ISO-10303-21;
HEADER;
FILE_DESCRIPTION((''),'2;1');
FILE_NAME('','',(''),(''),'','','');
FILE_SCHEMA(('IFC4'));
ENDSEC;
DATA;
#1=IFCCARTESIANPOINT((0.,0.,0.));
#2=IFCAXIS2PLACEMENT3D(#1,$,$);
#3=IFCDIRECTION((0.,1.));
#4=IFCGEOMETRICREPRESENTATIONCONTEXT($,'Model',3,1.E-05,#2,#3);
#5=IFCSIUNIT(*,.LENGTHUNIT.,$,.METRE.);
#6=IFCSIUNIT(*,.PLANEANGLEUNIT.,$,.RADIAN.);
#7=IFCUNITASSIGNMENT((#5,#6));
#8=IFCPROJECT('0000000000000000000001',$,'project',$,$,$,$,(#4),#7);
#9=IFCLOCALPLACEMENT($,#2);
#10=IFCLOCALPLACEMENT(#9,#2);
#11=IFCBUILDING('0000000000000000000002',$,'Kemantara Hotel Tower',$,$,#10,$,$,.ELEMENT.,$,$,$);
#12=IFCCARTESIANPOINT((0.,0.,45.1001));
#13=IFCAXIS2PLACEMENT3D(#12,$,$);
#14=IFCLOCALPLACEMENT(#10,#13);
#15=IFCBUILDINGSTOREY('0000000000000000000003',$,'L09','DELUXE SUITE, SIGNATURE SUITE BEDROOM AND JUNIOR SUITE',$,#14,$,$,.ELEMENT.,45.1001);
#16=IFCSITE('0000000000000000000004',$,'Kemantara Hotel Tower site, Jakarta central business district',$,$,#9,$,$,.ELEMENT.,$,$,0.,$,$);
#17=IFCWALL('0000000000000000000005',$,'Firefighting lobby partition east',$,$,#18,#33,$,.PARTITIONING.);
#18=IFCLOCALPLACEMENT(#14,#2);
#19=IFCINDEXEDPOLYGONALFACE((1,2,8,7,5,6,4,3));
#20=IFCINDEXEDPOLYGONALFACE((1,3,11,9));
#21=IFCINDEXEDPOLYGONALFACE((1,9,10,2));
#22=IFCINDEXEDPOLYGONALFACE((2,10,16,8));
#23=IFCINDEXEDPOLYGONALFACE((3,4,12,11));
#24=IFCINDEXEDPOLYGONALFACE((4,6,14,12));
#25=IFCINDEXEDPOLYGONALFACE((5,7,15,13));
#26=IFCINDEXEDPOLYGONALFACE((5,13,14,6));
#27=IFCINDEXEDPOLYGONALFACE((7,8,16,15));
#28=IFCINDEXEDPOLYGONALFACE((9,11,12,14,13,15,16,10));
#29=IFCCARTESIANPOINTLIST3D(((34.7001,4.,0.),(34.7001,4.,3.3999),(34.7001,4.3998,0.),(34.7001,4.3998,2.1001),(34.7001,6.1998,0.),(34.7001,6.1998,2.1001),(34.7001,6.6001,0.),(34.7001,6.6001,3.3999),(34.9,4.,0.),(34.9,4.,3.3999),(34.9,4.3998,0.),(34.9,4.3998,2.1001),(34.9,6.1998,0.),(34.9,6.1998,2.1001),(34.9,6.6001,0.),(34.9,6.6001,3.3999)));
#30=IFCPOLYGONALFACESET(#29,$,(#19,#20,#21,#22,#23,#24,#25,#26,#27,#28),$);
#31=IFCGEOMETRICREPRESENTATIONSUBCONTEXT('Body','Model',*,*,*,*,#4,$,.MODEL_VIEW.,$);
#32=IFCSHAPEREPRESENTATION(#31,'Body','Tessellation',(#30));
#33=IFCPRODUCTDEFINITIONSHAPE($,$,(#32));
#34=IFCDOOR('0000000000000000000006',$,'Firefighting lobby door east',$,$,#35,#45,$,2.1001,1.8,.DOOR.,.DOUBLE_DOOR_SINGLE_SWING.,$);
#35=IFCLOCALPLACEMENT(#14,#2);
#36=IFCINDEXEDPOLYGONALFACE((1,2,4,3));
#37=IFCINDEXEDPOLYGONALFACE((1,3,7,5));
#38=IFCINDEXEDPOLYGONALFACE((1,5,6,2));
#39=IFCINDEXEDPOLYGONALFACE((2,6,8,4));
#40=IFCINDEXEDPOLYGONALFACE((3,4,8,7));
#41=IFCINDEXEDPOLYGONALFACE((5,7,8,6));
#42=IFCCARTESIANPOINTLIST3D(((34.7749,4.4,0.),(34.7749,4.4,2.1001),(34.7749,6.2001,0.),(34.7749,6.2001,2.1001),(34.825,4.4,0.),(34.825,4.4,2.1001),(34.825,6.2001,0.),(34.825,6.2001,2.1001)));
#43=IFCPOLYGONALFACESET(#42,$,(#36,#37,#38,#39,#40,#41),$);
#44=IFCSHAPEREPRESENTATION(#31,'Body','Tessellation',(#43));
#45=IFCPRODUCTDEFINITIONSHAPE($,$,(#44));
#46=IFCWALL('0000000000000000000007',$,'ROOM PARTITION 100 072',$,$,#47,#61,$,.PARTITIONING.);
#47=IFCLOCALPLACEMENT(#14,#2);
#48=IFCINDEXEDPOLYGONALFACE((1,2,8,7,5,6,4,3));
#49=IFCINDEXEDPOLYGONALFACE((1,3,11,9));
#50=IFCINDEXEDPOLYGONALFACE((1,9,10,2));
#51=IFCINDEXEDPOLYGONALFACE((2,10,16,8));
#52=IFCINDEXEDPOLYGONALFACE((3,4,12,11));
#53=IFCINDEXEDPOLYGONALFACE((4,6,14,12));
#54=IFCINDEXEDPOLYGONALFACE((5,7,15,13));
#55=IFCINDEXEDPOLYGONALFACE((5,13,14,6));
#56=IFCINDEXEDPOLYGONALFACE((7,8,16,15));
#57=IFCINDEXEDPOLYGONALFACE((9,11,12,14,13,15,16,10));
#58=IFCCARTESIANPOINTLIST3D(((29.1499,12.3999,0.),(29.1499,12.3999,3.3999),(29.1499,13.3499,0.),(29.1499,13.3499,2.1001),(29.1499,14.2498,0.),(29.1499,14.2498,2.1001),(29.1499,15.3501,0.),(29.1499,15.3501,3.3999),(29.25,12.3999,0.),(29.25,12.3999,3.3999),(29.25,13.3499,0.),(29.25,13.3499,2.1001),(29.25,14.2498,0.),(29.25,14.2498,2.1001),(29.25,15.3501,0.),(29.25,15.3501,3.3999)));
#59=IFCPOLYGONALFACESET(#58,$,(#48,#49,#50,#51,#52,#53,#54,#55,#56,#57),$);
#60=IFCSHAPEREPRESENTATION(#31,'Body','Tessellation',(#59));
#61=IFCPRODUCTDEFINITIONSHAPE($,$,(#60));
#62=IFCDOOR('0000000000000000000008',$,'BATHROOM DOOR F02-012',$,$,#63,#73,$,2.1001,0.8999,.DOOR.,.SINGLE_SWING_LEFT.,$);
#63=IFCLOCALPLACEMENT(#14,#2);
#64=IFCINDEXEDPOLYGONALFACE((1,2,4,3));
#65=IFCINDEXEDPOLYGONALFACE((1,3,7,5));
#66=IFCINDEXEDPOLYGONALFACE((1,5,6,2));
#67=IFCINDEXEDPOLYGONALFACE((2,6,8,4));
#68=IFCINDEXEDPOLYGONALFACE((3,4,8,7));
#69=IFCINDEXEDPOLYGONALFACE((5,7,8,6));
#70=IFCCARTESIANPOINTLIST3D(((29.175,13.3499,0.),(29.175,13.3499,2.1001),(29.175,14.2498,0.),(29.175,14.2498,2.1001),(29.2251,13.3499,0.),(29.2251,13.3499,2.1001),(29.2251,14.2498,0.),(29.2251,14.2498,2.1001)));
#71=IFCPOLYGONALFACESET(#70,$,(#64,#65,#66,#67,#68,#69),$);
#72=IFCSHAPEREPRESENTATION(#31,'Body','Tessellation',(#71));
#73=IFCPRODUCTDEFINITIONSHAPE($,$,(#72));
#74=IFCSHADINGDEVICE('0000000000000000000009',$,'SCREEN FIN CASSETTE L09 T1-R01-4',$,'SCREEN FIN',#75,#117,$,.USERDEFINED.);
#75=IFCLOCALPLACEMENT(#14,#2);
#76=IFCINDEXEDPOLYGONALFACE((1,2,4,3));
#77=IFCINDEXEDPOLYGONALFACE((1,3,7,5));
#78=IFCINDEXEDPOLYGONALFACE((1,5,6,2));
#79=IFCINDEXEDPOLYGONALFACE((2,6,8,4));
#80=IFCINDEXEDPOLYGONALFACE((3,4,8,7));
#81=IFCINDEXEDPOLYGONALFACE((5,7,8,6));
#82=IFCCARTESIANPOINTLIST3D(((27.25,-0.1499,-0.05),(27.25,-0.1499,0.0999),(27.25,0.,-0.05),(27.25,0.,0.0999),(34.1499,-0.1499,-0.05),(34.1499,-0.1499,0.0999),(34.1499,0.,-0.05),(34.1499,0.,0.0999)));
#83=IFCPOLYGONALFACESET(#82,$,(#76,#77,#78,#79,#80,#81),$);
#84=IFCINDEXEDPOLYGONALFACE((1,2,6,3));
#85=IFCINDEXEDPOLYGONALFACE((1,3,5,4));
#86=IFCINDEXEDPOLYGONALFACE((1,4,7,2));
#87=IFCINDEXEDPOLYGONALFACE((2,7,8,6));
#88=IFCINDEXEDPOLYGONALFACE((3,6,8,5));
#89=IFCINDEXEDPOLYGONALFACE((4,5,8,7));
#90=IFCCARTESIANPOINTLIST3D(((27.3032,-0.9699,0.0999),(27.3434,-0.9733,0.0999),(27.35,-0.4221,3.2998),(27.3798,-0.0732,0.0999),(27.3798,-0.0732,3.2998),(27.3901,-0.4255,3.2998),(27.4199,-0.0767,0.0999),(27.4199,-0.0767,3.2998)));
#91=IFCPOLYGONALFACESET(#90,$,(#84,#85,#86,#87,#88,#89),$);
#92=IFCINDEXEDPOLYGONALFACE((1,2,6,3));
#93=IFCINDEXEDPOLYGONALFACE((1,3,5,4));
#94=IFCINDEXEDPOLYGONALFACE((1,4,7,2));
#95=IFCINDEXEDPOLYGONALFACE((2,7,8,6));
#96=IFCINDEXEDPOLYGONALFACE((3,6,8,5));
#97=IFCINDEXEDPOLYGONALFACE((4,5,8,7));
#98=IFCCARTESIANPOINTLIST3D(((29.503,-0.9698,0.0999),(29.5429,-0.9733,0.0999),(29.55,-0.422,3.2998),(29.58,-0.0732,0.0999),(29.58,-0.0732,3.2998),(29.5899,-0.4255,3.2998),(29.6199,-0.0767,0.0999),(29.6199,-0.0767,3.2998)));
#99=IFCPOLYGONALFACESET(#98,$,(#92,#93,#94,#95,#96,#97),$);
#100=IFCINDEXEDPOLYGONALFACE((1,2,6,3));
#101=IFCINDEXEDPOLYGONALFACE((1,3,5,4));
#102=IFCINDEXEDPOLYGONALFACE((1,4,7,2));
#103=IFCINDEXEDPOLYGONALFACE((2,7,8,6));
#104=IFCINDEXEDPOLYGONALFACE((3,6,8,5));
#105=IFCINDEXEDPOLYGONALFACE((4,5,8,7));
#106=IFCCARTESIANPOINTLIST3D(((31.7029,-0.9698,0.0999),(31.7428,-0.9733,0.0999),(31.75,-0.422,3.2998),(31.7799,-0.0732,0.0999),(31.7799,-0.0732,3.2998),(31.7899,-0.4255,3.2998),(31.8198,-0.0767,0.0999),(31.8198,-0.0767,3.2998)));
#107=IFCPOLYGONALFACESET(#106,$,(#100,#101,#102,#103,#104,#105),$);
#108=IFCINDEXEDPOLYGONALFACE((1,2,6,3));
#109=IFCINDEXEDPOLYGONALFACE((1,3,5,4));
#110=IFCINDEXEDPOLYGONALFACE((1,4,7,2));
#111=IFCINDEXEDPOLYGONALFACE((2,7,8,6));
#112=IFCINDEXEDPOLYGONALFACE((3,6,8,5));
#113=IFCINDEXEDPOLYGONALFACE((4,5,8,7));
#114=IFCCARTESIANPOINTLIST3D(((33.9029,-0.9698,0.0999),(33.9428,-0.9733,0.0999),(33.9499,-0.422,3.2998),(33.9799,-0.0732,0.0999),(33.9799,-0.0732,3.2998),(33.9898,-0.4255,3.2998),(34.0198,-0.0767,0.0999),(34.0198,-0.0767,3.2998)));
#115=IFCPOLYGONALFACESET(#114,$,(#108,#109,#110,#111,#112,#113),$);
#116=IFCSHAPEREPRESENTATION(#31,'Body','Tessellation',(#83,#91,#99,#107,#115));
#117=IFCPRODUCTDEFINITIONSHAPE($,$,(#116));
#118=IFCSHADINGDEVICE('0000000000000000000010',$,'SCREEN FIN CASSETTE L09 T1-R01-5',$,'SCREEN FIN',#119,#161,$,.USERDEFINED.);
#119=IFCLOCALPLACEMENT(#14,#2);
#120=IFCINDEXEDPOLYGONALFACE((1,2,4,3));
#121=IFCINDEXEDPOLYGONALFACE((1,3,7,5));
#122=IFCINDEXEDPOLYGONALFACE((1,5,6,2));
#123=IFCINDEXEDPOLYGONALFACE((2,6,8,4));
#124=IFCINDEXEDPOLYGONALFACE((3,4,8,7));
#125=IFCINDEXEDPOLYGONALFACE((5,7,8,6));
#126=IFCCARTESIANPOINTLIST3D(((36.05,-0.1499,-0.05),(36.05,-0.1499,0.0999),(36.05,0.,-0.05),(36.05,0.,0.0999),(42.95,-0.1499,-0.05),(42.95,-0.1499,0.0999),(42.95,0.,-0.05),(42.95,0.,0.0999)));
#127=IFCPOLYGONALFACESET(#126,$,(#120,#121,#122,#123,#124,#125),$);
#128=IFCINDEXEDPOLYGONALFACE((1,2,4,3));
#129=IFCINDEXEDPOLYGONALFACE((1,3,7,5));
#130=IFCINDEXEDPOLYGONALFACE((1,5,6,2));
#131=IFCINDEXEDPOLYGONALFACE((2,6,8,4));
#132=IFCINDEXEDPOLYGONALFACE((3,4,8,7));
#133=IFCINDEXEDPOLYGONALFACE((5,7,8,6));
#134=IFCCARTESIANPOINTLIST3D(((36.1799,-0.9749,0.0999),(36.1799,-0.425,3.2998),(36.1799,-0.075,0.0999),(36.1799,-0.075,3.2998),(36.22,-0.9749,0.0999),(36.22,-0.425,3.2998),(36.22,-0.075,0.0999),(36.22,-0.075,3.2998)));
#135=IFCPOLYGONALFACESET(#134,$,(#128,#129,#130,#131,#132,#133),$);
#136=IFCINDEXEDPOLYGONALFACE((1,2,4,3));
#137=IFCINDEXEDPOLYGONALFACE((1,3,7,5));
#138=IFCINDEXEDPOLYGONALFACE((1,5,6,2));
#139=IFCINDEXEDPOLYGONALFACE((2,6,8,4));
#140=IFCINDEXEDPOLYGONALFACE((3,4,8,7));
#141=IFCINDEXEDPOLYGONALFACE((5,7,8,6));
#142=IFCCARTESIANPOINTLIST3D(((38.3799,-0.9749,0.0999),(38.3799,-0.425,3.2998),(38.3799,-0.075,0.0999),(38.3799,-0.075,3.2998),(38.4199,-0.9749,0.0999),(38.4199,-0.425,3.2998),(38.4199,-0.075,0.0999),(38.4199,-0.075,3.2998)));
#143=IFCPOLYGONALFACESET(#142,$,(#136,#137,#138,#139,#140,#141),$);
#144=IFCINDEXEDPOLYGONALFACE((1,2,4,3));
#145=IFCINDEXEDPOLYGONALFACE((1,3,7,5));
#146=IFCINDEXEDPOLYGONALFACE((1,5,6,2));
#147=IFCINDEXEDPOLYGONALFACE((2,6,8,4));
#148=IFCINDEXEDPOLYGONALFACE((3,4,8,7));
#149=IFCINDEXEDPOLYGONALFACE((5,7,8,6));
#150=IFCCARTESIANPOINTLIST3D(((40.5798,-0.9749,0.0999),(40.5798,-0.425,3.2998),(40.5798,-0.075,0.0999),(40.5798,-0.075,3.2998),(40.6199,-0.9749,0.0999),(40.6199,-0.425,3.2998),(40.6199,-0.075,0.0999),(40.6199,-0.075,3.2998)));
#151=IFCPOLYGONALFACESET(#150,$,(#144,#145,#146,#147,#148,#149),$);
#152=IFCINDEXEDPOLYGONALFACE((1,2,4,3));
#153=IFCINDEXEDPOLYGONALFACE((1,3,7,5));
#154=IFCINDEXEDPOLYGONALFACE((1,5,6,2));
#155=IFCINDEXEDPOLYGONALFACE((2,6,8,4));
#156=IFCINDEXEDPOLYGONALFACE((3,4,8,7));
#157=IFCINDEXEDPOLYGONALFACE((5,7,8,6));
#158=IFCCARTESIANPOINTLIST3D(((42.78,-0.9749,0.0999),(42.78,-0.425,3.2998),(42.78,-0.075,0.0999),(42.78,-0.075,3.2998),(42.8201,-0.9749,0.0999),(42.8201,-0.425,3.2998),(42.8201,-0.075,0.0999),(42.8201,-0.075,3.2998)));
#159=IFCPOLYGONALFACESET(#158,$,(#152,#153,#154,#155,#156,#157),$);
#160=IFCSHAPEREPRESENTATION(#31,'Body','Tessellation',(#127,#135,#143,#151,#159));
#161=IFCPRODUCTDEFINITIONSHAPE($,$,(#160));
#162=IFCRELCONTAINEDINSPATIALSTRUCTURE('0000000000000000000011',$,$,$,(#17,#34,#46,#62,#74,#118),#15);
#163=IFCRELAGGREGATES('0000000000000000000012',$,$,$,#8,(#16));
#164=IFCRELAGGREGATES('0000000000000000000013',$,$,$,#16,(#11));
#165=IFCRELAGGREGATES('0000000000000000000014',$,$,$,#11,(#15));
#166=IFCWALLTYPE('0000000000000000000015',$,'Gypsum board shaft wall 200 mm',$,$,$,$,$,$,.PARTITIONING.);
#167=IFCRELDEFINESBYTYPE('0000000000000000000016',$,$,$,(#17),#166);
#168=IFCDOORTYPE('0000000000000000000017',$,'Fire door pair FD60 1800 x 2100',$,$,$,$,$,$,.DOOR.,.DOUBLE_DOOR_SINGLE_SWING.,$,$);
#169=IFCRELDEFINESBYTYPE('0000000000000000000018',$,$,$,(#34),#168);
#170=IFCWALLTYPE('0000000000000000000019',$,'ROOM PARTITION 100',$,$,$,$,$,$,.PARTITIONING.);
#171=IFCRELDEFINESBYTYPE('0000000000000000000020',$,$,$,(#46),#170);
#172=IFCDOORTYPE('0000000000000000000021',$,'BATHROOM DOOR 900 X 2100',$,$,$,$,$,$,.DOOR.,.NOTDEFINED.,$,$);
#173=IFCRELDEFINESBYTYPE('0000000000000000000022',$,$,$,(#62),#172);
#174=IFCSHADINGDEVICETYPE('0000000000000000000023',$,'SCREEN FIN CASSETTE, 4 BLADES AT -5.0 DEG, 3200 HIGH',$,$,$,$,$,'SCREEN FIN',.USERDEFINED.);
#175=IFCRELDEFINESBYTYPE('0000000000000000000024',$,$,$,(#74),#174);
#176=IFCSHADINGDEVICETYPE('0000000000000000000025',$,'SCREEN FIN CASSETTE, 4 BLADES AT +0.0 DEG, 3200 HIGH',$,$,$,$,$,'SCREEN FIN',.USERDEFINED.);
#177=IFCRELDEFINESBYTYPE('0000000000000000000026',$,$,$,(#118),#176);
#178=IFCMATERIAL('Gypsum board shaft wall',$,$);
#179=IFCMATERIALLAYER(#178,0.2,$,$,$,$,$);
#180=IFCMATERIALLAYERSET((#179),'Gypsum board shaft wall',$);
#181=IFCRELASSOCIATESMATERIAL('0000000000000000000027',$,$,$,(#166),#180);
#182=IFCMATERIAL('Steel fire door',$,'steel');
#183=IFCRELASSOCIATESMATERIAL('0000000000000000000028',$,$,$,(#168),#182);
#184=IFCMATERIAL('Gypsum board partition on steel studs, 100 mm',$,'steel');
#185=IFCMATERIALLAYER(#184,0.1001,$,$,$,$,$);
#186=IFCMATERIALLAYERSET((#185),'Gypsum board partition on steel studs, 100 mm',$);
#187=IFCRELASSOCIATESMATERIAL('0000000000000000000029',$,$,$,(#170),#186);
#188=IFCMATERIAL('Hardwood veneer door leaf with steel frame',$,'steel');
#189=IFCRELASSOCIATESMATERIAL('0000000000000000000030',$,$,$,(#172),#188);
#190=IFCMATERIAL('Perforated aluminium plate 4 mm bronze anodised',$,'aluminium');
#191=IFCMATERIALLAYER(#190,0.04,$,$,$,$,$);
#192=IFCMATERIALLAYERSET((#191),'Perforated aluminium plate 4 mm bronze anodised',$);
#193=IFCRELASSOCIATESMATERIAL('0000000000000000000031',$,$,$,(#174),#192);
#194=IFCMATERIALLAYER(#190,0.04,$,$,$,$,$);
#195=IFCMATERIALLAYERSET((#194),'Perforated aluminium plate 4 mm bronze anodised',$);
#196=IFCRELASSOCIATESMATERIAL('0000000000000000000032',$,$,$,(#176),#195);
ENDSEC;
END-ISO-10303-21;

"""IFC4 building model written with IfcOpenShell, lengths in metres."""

from ifc_helpers import new_model, si_unit, direction, frame, frame_2d, origin, origin_2d, place, context, subcontext, project, spatial, polyline, rectangle, outline, extrude, source, transform, mapped, material, layer, layer_set, type_object, element, fill, save


model = new_model("IFC4")

# Units and contexts
model_context = context("Model", 3, precision=1e-05, world=origin(), true_north=direction((0.0, 1.0)))
body_context = subcontext(model_context, "Body", "Model", "MODEL_VIEW")
ifc_project = project(units=[si_unit("LENGTHUNIT", "METRE"), si_unit("PLANEANGLEUNIT", "RADIAN")], contexts=[model_context])

# Site, building, storey
site_placement = place(None, origin())
site = spatial("IfcSite", under=ifc_project, at=site_placement, Name="Kemantara Hotel Tower site, Jakarta central business district", CompositionType="ELEMENT", RefElevation=0.0)
building_placement = place(site_placement, origin())
building = spatial("IfcBuilding", under=site, at=building_placement, Name="Kemantara Hotel Tower", CompositionType="ELEMENT")
storey_placement = place(building_placement, frame((0.0, 0.0, 45.1001)))
storey = spatial("IfcBuildingStorey", under=building, at=storey_placement, Name="L09", Description="DELUXE SUITE, SIGNATURE SUITE BEDROOM AND JUNIOR SUITE", CompositionType="ELEMENT", Elevation=45.1001)

# Shared definitions
ifc_material_1 = material(Name="Steel fire door", Category="steel")

# Shared definitions
ifc_material_2 = material(Name="Hardwood veneer door leaf with steel frame", Category="steel")

# Walls, openings, doors
ifc_material_3 = material(Name="Gypsum board shaft wall")
ifc_layer_1 = layer(ifc_material_3, 0.2)
ifc_layer_set_1 = layer_set([ifc_layer_1], Name="Gypsum board shaft wall")
wall_type_1 = type_object("IfcWallType", Name="Gypsum board shaft wall 200 mm", PredefinedType="PARTITIONING", material=ifc_layer_set_1)
wall_1_placement = place(storey_placement, frame((34.8, 4.0, 0.0), z_axis=(0.0, 0.0, 1.0), x_axis=(0.0, 1.0, 0.0)))
wall_1 = element("IfcWall", 1, at=wall_1_placement, inside=storey, type_object=wall_type_1, Name="Firefighting lobby partition east", PredefinedType="PARTITIONING", context=body_context, shape_type="SweptSolid", body=[
    extrude(rectangle(XDim=2.6001, YDim=0.2, at=frame_2d((1.3, 0.0))), origin(), (0.0, 0.0, 1.0), 3.3999),
])
opening_1_placement = place(wall_1_placement, frame((0.3999, 0.0, 0.0)))
opening_1 = element("IfcOpeningElement", 2, at=opening_1_placement, cuts=wall_1, PredefinedType="OPENING", context=body_context, shape_type="SweptSolid", body=[
    extrude(rectangle(XDim=1.8, YDim=2.1001, at=frame_2d((0.8999, 1.05))), frame((0.0, 0.1099, 0.0), z_axis=(0.0, -1.0, 0.0), x_axis=(1.0, 0.0, 0.0)), (0.0, 0.0, 1.0), 0.22),
])
door_type_1 = type_object("IfcDoorType", Name="Fire door pair FD60 1800 x 2100", OperationType="DOUBLE_DOOR_SINGLE_SWING", PredefinedType="DOOR", material=ifc_material_1)
door_1_placement = place(opening_1_placement, frame((1.8, 0.0, 0.0), z_axis=(0.0, 0.0, 1.0), x_axis=(-1.0, 0.0, 0.0)))
door_1 = element("IfcDoor", 3, at=door_1_placement, inside=storey, type_object=door_type_1, Name="Firefighting lobby door east", OperationType="DOUBLE_DOOR_SINGLE_SWING", OverallHeight=2.1001, OverallWidth=1.8, PredefinedType="DOOR", context=body_context, shape_type="SweptSolid", body=[
    extrude(rectangle(XDim=1.8, YDim=2.1001, at=frame_2d((0.8999, 1.05))), frame((0.0, 0.0249, 0.0), z_axis=(0.0, -1.0, 0.0), x_axis=(1.0, 0.0, 0.0)), (0.0, 0.0, 1.0), 0.05),
])
fill(opening_1, door_1)
ifc_material_4 = material(Name="Gypsum board partition on steel studs, 100 mm", Category="steel")
ifc_layer_2 = layer(ifc_material_4, 0.1001)
ifc_layer_set_2 = layer_set([ifc_layer_2], Name="Gypsum board partition on steel studs, 100 mm")
wall_type_2 = type_object("IfcWallType", Name="ROOM PARTITION 100", PredefinedType="PARTITIONING", material=ifc_layer_set_2)
wall_2_placement = place(storey_placement, frame((29.2, 12.3999, 0.0), z_axis=(0.0, 0.0, 1.0), x_axis=(0.0, 1.0, 0.0)))
wall_2 = element("IfcWall", 4, at=wall_2_placement, inside=storey, type_object=wall_type_2, Name="ROOM PARTITION 100 072", PredefinedType="PARTITIONING", context=body_context, shape_type="SweptSolid", body=[
    extrude(rectangle(XDim=2.9502, YDim=0.1001, at=frame_2d((1.4751, 0.0))), origin(), (0.0, 0.0, 1.0), 3.3999),
])
opening_2_placement = place(wall_2_placement, frame((0.95, 0.0, 0.0)))
opening_2 = element("IfcOpeningElement", 5, at=opening_2_placement, cuts=wall_2, PredefinedType="OPENING", context=body_context, shape_type="SweptSolid", body=[
    extrude(rectangle(XDim=0.8999, YDim=2.1001, at=frame_2d((0.45, 1.05))), frame((0.0, 0.0601, 0.0), z_axis=(0.0, -1.0, 0.0), x_axis=(1.0, 0.0, 0.0)), (0.0, 0.0, 1.0), 0.1201),
])
door_type_2 = type_object("IfcDoorType", Name="BATHROOM DOOR 900 X 2100", OperationType="NOTDEFINED", PredefinedType="DOOR", material=ifc_material_2)
door_2_placement = place(opening_2_placement, origin())
door_2 = element("IfcDoor", 6, at=door_2_placement, inside=storey, type_object=door_type_2, Name="BATHROOM DOOR F02-012", OperationType="SINGLE_SWING_LEFT", OverallHeight=2.1001, OverallWidth=0.8999, PredefinedType="DOOR", context=body_context, shape_type="SweptSolid", body=[
    extrude(rectangle(XDim=0.8999, YDim=2.1001, at=frame_2d((0.45, 1.05))), frame((0.0, 0.0249, 0.0), z_axis=(0.0, -1.0, 0.0), x_axis=(1.0, 0.0, 0.0)), (0.0, 0.0, 1.0), 0.05),
])
fill(opening_2, door_2)

# Shading devices
ifc_material_5 = material(Name="Perforated aluminium plate 4 mm bronze anodised", Category="aluminium")
ifc_layer_3 = layer(ifc_material_5, 0.04)
ifc_layer_set_3 = layer_set([ifc_layer_3], Name="Perforated aluminium plate 4 mm bronze anodised")
shading_device_type_1 = type_object("IfcShadingDeviceType", Name="SCREEN FIN CASSETTE, 4 BLADES AT -5.0 DEG, 3200 HIGH", ElementType="SCREEN FIN", PredefinedType="USERDEFINED", material=ifc_layer_set_3)
shared_shape_1 = source(origin(), body_context, "Body", "SweptSolid", [
    extrude(rectangle(XDim=6.8999, YDim=0.1499, at=origin_2d()), frame((3.3, -0.075, -0.1499), z_axis=(0.0, 0.0, 1.0), x_axis=(1.0, 0.0, 0.0)), (0.0, 0.0, 1.0), 0.1499),
    extrude(outline(polyline([(0.0, 0.0), (0.8999, 0.0), (0.3501, 3.2), (0.0, 3.2), (0.0, 0.0)])), frame((0.02, -0.0767, 0.0), z_axis=(-0.996376, 0.085056, 0.0), x_axis=(-0.085056, -0.996376, 0.0)), (0.0, 0.0, 1.0), 0.0403),
    extrude(outline(polyline([(0.0, 0.0), (0.8999, 0.0), (0.3501, 3.2), (0.0, 3.2), (0.0, 0.0)])), frame((2.22, -0.0767, 0.0), z_axis=(-0.996332, 0.085575, 0.0), x_axis=(-0.085575, -0.996332, 0.0)), (0.0, 0.0, 1.0), 0.04),
    extrude(outline(polyline([(0.0, 0.0), (0.8999, 0.0), (0.3501, 3.2), (0.0, 3.2), (0.0, 0.0)])), frame((4.4199, -0.0767, 0.0), z_axis=(-0.996332, 0.085575, 0.0), x_axis=(-0.085575, -0.996332, 0.0)), (0.0, 0.0, 1.0), 0.04),
    extrude(outline(polyline([(0.0, 0.0), (0.8999, 0.0), (0.3501, 3.2), (0.0, 3.2), (0.0, 0.0)])), frame((6.6199, -0.0767, 0.0), z_axis=(-0.996332, 0.085575, 0.0), x_axis=(-0.085575, -0.996332, 0.0)), (0.0, 0.0, 1.0), 0.04),
])
shading_device_1_placement = place(storey_placement, frame((27.3999, 0.0, 0.0999), z_axis=(0.0, 0.0, 1.0), x_axis=(1.0, 0.0, 0.0)))
element("IfcShadingDevice", 7, at=shading_device_1_placement, inside=storey, type_object=shading_device_type_1, Name="SCREEN FIN CASSETTE L09 T1-R01-4", ObjectType="SCREEN FIN", PredefinedType="USERDEFINED", context=body_context, shape_type="MappedRepresentation", body=[
    mapped(shared_shape_1, transform((0.0, 0.0, 0.0))),
])
ifc_layer_4 = layer(ifc_material_5, 0.04)
ifc_layer_set_4 = layer_set([ifc_layer_4], Name="Perforated aluminium plate 4 mm bronze anodised")
shading_device_type_2 = type_object("IfcShadingDeviceType", Name="SCREEN FIN CASSETTE, 4 BLADES AT +0.0 DEG, 3200 HIGH", ElementType="SCREEN FIN", PredefinedType="USERDEFINED", material=ifc_layer_set_4)
shared_shape_2 = source(origin(), body_context, "Body", "SweptSolid", [
    extrude(rectangle(XDim=6.8999, YDim=0.1499, at=origin_2d()), frame((3.3, -0.075, -0.1499), z_axis=(0.0, 0.0, 1.0), x_axis=(1.0, 0.0, 0.0)), (0.0, 0.0, 1.0), 0.1499),
    extrude(outline(polyline([(0.0, 0.0), (0.8999, 0.0), (0.3501, 3.2), (0.0, 3.2), (0.0, 0.0)])), frame((0.02, -0.075, 0.0), z_axis=(-1.0, 0.0, 0.0), x_axis=(0.0, -1.0, 0.0)), (0.0, 0.0, 1.0), 0.04),
    extrude(outline(polyline([(0.0, 0.0), (0.8999, 0.0), (0.3501, 3.2), (0.0, 3.2), (0.0, 0.0)])), frame((2.22, -0.075, 0.0), z_axis=(-1.0, 0.0, 0.0), x_axis=(0.0, -1.0, 0.0)), (0.0, 0.0, 1.0), 0.04),
    extrude(outline(polyline([(0.0, 0.0), (0.8999, 0.0), (0.3501, 3.2), (0.0, 3.2), (0.0, 0.0)])), frame((4.4199, -0.075, 0.0), z_axis=(-1.0, 0.0, 0.0), x_axis=(0.0, -1.0, 0.0)), (0.0, 0.0, 1.0), 0.04),
    extrude(outline(polyline([(0.0, 0.0), (0.8999, 0.0), (0.3501, 3.2), (0.0, 3.2), (0.0, 0.0)])), frame((6.6201, -0.075, 0.0), z_axis=(-1.0, 0.0, 0.0), x_axis=(0.0, -1.0, 0.0)), (0.0, 0.0, 1.0), 0.04),
])
shading_device_2_placement = place(storey_placement, frame((36.2, 0.0, 0.0999), z_axis=(0.0, 0.0, 1.0), x_axis=(1.0, 0.0, 0.0)))
element("IfcShadingDevice", 8, at=shading_device_2_placement, inside=storey, type_object=shading_device_type_2, Name="SCREEN FIN CASSETTE L09 T1-R01-5", ObjectType="SCREEN FIN", PredefinedType="USERDEFINED", context=body_context, shape_type="MappedRepresentation", body=[
    mapped(shared_shape_2, transform((0.0, 0.0, 0.0))),
])

save(model, "model.ifc")
